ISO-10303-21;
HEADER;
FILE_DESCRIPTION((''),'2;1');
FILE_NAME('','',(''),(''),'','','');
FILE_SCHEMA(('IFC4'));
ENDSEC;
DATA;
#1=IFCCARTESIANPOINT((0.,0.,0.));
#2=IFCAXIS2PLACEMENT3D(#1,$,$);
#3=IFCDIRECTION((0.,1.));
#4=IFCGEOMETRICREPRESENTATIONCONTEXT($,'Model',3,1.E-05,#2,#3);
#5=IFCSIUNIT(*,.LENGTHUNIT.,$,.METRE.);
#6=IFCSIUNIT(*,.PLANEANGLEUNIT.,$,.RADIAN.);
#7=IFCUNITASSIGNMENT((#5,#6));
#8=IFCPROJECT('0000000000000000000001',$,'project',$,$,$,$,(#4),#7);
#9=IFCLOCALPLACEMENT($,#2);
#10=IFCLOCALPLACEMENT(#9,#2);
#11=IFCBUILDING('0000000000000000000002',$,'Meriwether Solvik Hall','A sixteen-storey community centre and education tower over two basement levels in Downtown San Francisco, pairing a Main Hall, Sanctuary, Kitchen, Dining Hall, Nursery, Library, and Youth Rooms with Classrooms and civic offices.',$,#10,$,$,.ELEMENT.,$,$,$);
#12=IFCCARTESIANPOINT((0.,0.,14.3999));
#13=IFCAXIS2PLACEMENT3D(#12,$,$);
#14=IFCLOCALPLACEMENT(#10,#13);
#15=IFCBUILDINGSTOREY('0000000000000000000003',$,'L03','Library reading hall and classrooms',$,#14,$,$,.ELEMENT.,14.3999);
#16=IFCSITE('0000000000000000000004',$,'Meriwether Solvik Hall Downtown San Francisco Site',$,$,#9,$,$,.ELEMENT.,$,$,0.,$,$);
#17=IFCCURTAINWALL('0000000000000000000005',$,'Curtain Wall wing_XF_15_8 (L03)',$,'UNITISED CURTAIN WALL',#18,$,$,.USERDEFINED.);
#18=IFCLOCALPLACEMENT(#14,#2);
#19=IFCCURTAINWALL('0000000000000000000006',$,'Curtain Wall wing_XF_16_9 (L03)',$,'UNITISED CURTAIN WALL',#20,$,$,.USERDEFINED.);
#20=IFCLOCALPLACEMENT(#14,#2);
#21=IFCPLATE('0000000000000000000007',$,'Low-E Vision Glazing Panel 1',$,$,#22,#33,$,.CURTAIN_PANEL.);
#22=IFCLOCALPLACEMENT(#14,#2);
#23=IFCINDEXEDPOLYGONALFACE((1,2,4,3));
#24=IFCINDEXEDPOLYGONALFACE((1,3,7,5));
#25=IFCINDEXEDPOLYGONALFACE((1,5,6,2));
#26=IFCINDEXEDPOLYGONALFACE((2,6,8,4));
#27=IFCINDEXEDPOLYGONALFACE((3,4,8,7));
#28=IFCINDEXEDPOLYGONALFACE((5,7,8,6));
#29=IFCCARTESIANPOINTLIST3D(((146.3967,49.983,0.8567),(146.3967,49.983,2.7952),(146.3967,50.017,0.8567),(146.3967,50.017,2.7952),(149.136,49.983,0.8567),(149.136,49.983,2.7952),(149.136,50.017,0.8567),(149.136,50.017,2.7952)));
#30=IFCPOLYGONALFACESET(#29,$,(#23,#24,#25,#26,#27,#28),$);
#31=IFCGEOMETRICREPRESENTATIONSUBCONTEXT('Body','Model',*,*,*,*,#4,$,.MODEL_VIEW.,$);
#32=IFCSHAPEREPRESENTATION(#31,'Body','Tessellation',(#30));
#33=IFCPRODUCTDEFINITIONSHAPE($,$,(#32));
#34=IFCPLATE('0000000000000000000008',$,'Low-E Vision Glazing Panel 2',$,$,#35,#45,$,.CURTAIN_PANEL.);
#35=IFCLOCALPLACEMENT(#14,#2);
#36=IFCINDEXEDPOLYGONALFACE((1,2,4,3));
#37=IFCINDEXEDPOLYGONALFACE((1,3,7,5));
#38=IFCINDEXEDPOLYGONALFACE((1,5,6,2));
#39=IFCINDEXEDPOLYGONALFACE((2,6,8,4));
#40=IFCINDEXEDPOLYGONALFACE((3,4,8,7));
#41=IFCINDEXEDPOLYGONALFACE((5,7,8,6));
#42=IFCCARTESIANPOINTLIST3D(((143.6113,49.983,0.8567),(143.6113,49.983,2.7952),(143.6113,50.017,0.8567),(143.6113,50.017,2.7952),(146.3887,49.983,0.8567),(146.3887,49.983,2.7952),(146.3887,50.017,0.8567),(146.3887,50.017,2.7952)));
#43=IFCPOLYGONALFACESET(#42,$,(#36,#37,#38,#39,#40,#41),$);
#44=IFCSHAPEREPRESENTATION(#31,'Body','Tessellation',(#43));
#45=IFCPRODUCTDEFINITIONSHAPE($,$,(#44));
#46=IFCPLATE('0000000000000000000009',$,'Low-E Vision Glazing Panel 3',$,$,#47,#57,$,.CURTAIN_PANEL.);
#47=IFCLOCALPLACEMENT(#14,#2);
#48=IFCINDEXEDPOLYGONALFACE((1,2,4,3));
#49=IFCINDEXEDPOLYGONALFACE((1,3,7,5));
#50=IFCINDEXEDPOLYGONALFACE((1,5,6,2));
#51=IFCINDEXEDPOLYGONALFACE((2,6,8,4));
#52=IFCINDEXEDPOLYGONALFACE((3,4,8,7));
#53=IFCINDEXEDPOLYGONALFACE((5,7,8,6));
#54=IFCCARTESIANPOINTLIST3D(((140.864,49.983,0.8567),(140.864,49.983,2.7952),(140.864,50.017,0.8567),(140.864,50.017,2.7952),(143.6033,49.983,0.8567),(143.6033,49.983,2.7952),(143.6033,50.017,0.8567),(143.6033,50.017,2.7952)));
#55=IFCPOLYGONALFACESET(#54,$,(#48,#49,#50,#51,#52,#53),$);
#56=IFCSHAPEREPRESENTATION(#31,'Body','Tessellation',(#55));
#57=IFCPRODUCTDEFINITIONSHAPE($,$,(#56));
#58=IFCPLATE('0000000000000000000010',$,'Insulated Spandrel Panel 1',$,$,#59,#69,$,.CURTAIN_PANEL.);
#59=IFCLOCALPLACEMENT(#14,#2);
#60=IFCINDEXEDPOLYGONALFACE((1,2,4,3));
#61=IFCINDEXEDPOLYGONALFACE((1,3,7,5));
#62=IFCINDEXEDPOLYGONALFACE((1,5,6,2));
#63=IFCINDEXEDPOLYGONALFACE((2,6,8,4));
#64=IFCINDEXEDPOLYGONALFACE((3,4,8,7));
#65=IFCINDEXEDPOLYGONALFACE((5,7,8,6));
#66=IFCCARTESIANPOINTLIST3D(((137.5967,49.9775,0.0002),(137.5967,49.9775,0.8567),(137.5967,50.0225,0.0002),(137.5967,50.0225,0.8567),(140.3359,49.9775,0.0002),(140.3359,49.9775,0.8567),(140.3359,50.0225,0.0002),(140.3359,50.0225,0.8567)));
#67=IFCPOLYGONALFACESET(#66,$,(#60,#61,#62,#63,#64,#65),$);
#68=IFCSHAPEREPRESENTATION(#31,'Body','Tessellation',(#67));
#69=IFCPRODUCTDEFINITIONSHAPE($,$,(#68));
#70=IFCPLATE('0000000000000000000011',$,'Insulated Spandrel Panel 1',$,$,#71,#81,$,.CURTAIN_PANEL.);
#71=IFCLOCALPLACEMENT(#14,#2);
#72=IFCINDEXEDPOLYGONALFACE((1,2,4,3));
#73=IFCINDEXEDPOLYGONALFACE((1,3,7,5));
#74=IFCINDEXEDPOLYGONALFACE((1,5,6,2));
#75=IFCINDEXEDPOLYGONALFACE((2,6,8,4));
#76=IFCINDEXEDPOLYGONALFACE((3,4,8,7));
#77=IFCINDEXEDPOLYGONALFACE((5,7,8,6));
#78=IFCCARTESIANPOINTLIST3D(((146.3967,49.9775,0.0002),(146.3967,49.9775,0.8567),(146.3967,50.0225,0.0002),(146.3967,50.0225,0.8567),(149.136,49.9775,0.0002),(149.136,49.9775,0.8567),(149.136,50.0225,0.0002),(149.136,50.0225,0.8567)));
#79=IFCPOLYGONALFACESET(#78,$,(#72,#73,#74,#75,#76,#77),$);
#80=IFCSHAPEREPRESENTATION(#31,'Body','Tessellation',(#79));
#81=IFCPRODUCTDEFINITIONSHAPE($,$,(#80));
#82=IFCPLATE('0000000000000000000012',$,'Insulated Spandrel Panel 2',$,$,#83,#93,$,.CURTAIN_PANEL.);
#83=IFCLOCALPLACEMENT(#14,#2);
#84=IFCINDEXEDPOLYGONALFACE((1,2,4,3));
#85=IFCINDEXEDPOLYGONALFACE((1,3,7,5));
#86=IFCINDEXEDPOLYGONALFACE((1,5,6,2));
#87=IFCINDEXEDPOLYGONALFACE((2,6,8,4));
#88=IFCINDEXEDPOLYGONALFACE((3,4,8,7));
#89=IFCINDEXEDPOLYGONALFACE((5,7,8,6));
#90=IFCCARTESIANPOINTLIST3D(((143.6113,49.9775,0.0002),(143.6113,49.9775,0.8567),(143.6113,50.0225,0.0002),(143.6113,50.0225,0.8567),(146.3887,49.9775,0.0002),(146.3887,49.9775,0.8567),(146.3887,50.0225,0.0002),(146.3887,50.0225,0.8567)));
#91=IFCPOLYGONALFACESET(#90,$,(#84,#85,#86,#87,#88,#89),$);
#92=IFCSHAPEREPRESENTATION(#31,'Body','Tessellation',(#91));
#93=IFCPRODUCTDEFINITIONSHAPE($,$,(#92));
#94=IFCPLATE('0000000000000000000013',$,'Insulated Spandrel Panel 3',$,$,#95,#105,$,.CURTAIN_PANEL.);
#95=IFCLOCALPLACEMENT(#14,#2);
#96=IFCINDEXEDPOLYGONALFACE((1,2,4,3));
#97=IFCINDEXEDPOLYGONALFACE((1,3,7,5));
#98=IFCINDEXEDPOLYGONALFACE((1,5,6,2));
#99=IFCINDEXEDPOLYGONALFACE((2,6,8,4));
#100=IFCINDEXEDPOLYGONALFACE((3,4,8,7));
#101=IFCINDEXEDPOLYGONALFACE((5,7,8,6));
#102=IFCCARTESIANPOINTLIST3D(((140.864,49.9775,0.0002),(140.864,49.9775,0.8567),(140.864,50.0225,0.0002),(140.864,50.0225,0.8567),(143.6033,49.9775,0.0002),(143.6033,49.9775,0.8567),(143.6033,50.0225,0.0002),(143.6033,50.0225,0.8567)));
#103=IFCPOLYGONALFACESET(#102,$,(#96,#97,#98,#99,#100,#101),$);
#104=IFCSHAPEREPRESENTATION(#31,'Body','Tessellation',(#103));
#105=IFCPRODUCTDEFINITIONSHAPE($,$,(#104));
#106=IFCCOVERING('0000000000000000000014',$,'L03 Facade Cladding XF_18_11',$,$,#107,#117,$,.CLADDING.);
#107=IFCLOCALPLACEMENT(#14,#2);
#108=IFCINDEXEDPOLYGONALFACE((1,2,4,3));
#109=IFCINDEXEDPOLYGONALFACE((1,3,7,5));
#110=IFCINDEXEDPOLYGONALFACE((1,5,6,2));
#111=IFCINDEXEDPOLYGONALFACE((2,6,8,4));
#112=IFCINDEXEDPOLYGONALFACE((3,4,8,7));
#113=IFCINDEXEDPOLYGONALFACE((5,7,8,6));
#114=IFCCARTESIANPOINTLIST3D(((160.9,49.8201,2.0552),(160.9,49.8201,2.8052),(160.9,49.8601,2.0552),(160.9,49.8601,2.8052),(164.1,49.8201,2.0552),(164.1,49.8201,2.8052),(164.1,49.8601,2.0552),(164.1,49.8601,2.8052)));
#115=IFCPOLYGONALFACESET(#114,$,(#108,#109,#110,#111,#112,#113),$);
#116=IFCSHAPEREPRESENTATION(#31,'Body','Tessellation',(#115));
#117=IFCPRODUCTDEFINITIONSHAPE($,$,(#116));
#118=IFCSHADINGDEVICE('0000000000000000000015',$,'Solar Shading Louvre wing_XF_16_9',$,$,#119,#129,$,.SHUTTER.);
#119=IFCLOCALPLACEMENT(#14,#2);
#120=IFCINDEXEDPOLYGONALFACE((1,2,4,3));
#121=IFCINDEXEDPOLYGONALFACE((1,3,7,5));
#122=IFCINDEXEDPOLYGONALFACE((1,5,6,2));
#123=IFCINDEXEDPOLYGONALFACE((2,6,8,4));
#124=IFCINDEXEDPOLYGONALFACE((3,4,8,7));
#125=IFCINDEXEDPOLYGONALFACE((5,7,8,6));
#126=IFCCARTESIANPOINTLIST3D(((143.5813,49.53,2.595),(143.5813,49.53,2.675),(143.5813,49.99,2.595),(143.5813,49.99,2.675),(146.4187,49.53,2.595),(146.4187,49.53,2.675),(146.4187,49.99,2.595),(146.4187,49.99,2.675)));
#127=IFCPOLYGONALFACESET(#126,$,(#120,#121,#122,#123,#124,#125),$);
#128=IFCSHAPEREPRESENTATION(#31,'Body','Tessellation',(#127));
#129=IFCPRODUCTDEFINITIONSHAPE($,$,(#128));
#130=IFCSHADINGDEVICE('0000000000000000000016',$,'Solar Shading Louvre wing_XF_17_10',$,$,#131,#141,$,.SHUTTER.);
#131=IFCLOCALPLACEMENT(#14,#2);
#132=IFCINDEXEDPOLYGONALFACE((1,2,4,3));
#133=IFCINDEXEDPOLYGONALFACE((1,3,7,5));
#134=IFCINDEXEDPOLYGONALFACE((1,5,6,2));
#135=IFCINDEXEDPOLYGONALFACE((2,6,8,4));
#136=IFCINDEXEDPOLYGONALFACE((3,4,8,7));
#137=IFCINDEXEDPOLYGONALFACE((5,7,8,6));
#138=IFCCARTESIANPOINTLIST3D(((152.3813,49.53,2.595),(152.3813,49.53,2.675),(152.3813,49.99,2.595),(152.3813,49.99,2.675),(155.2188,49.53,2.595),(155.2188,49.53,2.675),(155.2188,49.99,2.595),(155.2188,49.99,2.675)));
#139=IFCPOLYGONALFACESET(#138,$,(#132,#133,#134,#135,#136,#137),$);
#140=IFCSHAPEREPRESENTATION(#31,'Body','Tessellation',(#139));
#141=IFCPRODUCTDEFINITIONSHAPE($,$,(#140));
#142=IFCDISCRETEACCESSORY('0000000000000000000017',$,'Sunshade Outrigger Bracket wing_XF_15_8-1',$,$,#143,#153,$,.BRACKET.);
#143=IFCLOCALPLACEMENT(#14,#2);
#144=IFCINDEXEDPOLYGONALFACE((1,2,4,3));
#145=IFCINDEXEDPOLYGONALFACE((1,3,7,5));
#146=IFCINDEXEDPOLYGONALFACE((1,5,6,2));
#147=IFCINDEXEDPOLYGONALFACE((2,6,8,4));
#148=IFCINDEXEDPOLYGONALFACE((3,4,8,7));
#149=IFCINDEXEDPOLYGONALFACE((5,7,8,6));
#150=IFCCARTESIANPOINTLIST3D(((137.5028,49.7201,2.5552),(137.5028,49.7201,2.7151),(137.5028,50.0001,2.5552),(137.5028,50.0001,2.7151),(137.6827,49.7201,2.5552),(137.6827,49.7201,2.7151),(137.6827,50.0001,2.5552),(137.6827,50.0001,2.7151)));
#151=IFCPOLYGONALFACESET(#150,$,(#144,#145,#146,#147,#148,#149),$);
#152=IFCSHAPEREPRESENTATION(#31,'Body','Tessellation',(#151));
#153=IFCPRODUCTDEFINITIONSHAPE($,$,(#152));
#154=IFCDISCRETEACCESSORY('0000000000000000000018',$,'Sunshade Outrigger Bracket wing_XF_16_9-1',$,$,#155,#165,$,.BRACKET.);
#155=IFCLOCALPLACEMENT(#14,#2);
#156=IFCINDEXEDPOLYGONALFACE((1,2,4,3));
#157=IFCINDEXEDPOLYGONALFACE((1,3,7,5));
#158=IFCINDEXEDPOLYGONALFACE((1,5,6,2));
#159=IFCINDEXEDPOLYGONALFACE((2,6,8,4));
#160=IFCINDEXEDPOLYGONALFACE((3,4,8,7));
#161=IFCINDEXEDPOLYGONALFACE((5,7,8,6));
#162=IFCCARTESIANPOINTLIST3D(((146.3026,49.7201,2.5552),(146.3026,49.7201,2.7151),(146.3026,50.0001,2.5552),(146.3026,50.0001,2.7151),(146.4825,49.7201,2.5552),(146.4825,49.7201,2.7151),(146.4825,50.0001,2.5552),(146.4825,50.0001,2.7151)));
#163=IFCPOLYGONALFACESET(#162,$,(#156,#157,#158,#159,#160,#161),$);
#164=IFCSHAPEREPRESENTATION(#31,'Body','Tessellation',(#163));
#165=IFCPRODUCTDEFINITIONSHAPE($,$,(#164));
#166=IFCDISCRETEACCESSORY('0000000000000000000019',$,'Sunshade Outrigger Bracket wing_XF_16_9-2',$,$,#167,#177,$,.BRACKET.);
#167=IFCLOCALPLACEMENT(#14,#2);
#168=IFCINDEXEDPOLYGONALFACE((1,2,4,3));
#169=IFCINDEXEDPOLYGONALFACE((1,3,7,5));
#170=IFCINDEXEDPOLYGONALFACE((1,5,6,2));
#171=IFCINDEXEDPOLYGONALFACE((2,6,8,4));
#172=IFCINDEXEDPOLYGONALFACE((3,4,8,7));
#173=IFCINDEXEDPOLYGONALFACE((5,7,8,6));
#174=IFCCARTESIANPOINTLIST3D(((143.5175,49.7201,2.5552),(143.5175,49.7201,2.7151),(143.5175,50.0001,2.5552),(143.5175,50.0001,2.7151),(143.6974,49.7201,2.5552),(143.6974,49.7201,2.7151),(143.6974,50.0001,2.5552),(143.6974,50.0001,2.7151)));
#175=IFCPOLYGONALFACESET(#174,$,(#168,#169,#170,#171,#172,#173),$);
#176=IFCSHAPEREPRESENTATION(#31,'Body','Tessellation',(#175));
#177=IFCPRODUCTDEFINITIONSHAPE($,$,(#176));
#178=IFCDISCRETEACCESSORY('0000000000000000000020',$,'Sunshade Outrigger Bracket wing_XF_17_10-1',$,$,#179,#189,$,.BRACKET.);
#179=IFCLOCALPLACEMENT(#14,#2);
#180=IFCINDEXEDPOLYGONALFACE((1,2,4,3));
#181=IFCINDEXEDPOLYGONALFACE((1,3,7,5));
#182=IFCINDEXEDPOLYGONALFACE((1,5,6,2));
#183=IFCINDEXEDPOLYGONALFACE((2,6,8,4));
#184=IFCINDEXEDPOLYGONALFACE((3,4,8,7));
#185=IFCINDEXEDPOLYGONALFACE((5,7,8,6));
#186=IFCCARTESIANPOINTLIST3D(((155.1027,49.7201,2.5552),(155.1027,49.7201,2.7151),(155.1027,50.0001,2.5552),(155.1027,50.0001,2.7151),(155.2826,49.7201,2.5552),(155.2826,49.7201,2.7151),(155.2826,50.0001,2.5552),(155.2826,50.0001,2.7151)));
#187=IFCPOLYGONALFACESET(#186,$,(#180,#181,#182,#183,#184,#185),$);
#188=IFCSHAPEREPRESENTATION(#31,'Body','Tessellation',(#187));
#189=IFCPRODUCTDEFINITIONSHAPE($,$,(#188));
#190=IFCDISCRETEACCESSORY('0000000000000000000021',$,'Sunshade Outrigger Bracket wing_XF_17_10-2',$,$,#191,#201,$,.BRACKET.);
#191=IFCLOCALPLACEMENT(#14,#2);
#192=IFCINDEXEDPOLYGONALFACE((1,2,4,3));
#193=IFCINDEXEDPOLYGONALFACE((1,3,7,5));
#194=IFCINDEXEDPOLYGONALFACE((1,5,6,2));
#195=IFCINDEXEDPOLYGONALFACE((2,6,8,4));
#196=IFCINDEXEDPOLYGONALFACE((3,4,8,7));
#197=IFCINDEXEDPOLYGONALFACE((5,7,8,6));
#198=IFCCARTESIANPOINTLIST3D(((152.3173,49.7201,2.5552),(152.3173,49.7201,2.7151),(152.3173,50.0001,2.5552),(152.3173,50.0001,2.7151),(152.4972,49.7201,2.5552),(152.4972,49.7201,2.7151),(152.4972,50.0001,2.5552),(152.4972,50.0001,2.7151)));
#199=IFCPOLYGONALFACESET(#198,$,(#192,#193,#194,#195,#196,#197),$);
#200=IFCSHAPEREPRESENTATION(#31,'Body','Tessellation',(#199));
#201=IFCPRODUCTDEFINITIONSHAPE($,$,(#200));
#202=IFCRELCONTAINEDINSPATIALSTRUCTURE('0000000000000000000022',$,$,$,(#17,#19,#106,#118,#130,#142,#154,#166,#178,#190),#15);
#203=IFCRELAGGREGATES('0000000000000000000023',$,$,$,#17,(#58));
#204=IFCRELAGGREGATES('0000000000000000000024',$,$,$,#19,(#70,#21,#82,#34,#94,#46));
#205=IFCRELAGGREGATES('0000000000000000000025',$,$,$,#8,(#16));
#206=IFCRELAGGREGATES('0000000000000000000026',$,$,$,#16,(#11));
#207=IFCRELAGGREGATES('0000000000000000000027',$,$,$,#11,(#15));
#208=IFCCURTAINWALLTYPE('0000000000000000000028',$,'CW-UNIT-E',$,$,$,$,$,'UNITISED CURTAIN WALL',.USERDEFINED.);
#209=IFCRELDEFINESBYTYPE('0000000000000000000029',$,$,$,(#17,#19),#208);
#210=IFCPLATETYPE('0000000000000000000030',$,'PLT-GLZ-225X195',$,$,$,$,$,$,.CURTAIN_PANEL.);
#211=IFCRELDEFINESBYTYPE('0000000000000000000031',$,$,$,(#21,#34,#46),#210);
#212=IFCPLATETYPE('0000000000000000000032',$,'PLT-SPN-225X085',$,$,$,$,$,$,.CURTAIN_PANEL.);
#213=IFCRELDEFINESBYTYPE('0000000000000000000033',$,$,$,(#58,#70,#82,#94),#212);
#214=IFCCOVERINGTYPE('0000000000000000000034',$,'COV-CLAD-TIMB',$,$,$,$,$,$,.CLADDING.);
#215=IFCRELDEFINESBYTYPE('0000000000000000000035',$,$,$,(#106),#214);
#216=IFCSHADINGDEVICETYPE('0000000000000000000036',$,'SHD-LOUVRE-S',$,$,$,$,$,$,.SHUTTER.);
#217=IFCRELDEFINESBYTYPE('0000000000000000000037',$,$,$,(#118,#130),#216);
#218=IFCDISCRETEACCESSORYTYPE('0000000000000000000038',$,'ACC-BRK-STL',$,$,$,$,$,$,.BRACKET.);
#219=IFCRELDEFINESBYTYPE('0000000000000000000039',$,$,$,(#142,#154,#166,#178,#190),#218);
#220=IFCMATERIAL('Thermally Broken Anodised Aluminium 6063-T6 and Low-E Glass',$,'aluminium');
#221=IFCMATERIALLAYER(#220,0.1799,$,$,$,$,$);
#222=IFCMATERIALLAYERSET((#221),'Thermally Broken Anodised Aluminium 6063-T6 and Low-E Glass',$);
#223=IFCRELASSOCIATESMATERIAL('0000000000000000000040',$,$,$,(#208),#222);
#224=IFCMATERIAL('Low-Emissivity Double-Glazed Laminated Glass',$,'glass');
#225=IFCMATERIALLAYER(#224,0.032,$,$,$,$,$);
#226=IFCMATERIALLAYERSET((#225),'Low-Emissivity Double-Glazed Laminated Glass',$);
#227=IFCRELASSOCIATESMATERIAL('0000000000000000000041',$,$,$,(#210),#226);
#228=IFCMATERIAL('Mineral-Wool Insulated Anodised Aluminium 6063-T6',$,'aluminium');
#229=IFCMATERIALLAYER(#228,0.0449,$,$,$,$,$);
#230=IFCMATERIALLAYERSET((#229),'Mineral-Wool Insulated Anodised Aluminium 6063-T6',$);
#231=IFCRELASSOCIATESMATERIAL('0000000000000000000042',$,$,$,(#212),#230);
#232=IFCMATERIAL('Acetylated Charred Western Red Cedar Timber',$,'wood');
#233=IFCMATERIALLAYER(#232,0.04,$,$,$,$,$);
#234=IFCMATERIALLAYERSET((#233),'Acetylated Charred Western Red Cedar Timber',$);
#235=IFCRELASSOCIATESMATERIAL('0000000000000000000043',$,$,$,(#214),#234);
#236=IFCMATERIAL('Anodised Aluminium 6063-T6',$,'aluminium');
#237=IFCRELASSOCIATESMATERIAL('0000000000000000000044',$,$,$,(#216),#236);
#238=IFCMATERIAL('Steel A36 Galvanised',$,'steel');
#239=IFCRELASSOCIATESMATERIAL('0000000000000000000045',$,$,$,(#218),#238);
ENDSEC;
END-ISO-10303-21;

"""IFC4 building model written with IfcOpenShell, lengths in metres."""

from ifc_helpers import new_model, si_unit, direction, frame, origin, origin_2d, place, context, subcontext, project, spatial, rectangle, extrude, material, layer, layer_set, type_object, element, aggregate, save


model = new_model("IFC4")

# Units and contexts
model_context = context("Model", 3, precision=1e-05, world=origin(), true_north=direction((0.0, 1.0)))
body_context = subcontext(model_context, "Body", "Model", "MODEL_VIEW")
ifc_project = project(units=[si_unit("LENGTHUNIT", "METRE"), si_unit("PLANEANGLEUNIT", "RADIAN")], contexts=[model_context])

# Site, building, storey
site_placement = place(None, origin())
site = spatial("IfcSite", under=ifc_project, at=site_placement, Name="Meriwether Solvik Hall Downtown San Francisco Site", CompositionType="ELEMENT", RefElevation=0.0)
building_placement = place(site_placement, origin())
building = spatial("IfcBuilding", under=site, at=building_placement, Name="Meriwether Solvik Hall", Description="A sixteen-storey community centre and education tower over two basement levels in Downtown San Francisco, pairing a Main Hall, Sanctuary, Kitchen, Dining Hall, Nursery, Library, and Youth Rooms with Classrooms and civic offices.", CompositionType="ELEMENT")
storey_placement = place(building_placement, frame((0.0, 0.0, 14.3999)))
storey = spatial("IfcBuildingStorey", under=building, at=storey_placement, Name="L03", Description="Library reading hall and classrooms", CompositionType="ELEMENT", Elevation=14.3999)

# Curtain walls
ifc_material_1 = material(Name="Thermally Broken Anodised Aluminium 6063-T6 and Low-E Glass", Category="aluminium")
ifc_layer_1 = layer(ifc_material_1, 0.1799)
ifc_layer_set_1 = layer_set([ifc_layer_1], Name="Thermally Broken Anodised Aluminium 6063-T6 and Low-E Glass")
curtain_wall_type = type_object("IfcCurtainWallType", Name="CW-UNIT-E", ElementType="UNITISED CURTAIN WALL", PredefinedType="USERDEFINED", material=ifc_layer_set_1)
curtain_wall_1_placement = place(storey_placement, origin())
curtain_wall_1 = element("IfcCurtainWall", 1, at=curtain_wall_1_placement, inside=storey, type_object=curtain_wall_type, Name="Curtain Wall wing_XF_15_8 (L03)", ObjectType="UNITISED CURTAIN WALL", PredefinedType="USERDEFINED")
curtain_wall_2_placement = place(storey_placement, origin())
curtain_wall_2 = element("IfcCurtainWall", 2, at=curtain_wall_2_placement, inside=storey, type_object=curtain_wall_type, Name="Curtain Wall wing_XF_16_9 (L03)", ObjectType="UNITISED CURTAIN WALL", PredefinedType="USERDEFINED")

# Plates
ifc_material_2 = material(Name="Low-Emissivity Double-Glazed Laminated Glass", Category="glass")
ifc_layer_2 = layer(ifc_material_2, 0.032)
ifc_layer_set_2 = layer_set([ifc_layer_2], Name="Low-Emissivity Double-Glazed Laminated Glass")
plate_type_1 = type_object("IfcPlateType", Name="PLT-GLZ-225X195", PredefinedType="CURTAIN_PANEL", material=ifc_layer_set_2)
plate_1_placement = place(storey_placement, frame((147.7664, 50.0, 0.8567), z_axis=(0.0, 0.0, 1.0), x_axis=(-1.0, 0.0, 0.0)))
plate_1 = element("IfcPlate", 3, at=plate_1_placement, type_object=plate_type_1, Name="Low-E Vision Glazing Panel 1", PredefinedType="CURTAIN_PANEL", context=body_context, shape_type="SweptSolid", body=[
    extrude(rectangle(XDim=2.7393, YDim=0.0339, at=origin_2d()), origin(), (0.0, 0.0, 1.0), 1.9385),
])
plate_2_placement = place(storey_placement, frame((145.0, 50.0, 0.8567), z_axis=(0.0, 0.0, 1.0), x_axis=(-1.0, 0.0, 0.0)))
plate_2 = element("IfcPlate", 4, at=plate_2_placement, type_object=plate_type_1, Name="Low-E Vision Glazing Panel 2", PredefinedType="CURTAIN_PANEL", context=body_context, shape_type="SweptSolid", body=[
    extrude(rectangle(XDim=2.7773, YDim=0.0339, at=origin_2d()), origin(), (0.0, 0.0, 1.0), 1.9385),
])
plate_3_placement = place(storey_placement, frame((142.2336, 50.0, 0.8567), z_axis=(0.0, 0.0, 1.0), x_axis=(-1.0, 0.0, 0.0)))
plate_3 = element("IfcPlate", 5, at=plate_3_placement, type_object=plate_type_1, Name="Low-E Vision Glazing Panel 3", PredefinedType="CURTAIN_PANEL", context=body_context, shape_type="SweptSolid", body=[
    extrude(rectangle(XDim=2.7393, YDim=0.0339, at=origin_2d()), origin(), (0.0, 0.0, 1.0), 1.9385),
])
ifc_material_3 = material(Name="Mineral-Wool Insulated Anodised Aluminium 6063-T6", Category="aluminium")
ifc_layer_3 = layer(ifc_material_3, 0.0449)
ifc_layer_set_3 = layer_set([ifc_layer_3], Name="Mineral-Wool Insulated Anodised Aluminium 6063-T6")
plate_type_2 = type_object("IfcPlateType", Name="PLT-SPN-225X085", PredefinedType="CURTAIN_PANEL", material=ifc_layer_set_3)
plate_4_placement = place(storey_placement, frame((138.9663, 50.0, 0.0002), z_axis=(0.0, 0.0, 1.0), x_axis=(-1.0, 0.0, 0.0)))
plate_4 = element("IfcPlate", 6, at=plate_4_placement, type_object=plate_type_2, Name="Insulated Spandrel Panel 1", PredefinedType="CURTAIN_PANEL", context=body_context, shape_type="SweptSolid", body=[
    extrude(rectangle(XDim=2.7393, YDim=0.0449, at=origin_2d()), origin(), (0.0, 0.0, 1.0), 0.8564),
])
aggregate(curtain_wall_1, [plate_4])
plate_5_placement = place(storey_placement, frame((147.7664, 50.0, 0.0002), z_axis=(0.0, 0.0, 1.0), x_axis=(-1.0, 0.0, 0.0)))
plate_5 = element("IfcPlate", 7, at=plate_5_placement, type_object=plate_type_2, Name="Insulated Spandrel Panel 1", PredefinedType="CURTAIN_PANEL", context=body_context, shape_type="SweptSolid", body=[
    extrude(rectangle(XDim=2.7393, YDim=0.0449, at=origin_2d()), origin(), (0.0, 0.0, 1.0), 0.8564),
])
plate_6_placement = place(storey_placement, frame((145.0, 50.0, 0.0002), z_axis=(0.0, 0.0, 1.0), x_axis=(-1.0, 0.0, 0.0)))
plate_6 = element("IfcPlate", 8, at=plate_6_placement, type_object=plate_type_2, Name="Insulated Spandrel Panel 2", PredefinedType="CURTAIN_PANEL", context=body_context, shape_type="SweptSolid", body=[
    extrude(rectangle(XDim=2.7773, YDim=0.0449, at=origin_2d()), origin(), (0.0, 0.0, 1.0), 0.8564),
])
plate_7_placement = place(storey_placement, frame((142.2336, 50.0, 0.0002), z_axis=(0.0, 0.0, 1.0), x_axis=(-1.0, 0.0, 0.0)))
plate_7 = element("IfcPlate", 9, at=plate_7_placement, type_object=plate_type_2, Name="Insulated Spandrel Panel 3", PredefinedType="CURTAIN_PANEL", context=body_context, shape_type="SweptSolid", body=[
    extrude(rectangle(XDim=2.7393, YDim=0.0449, at=origin_2d()), origin(), (0.0, 0.0, 1.0), 0.8564),
])
aggregate(curtain_wall_2, [plate_5, plate_1, plate_6, plate_2, plate_7, plate_3])

# Covering
ifc_material_4 = material(Name="Acetylated Charred Western Red Cedar Timber", Category="wood")
ifc_layer_4 = layer(ifc_material_4, 0.04)
ifc_layer_set_4 = layer_set([ifc_layer_4], Name="Acetylated Charred Western Red Cedar Timber")
covering_type = type_object("IfcCoveringType", Name="COV-CLAD-TIMB", PredefinedType="CLADDING", material=ifc_layer_set_4)
covering_placement = place(storey_placement, frame((162.5, 49.8401, 2.0552), z_axis=(0.0, 0.0, 1.0), x_axis=(-1.0, 0.0, 0.0)))
element("IfcCovering", 10, at=covering_placement, inside=storey, type_object=covering_type, Name="L03 Facade Cladding XF_18_11", PredefinedType="CLADDING", context=body_context, shape_type="SweptSolid", body=[
    extrude(rectangle(XDim=3.2, YDim=0.04, at=origin_2d()), origin(), (0.0, 0.0, 1.0), 0.75),
])

# Shading devices
ifc_material_5 = material(Name="Anodised Aluminium 6063-T6", Category="aluminium")
shading_device_type = type_object("IfcShadingDeviceType", Name="SHD-LOUVRE-S", PredefinedType="SHUTTER", material=ifc_material_5)
for number, where, z_axis, x_axis, name in (
    (11, (145.0, 49.76, 2.595), (0.0, 0.0, 1.0), (-1.0, 0.0, 0.0), "Solar Shading Louvre wing_XF_16_9"),
    (12, (153.8, 49.76, 2.595), (0.0, 0.0, 1.0), (-1.0, 0.0, 0.0), "Solar Shading Louvre wing_XF_17_10"),
):
    element("IfcShadingDevice", number, at=place(storey_placement, frame(where, z_axis=z_axis, x_axis=x_axis)), inside=storey, type_object=shading_device_type, Name=name, PredefinedType="SHUTTER", context=body_context, shape_type="SweptSolid", body=[
        extrude(rectangle(XDim=2.8374, YDim=0.46, at=origin_2d()), origin(), (0.0, 0.0, 1.0), 0.0801),
    ])

# Discrete accessories
ifc_material_6 = material(Name="Steel A36 Galvanised", Category="steel")
discrete_accessory_type = type_object("IfcDiscreteAccessoryType", Name="ACC-BRK-STL", PredefinedType="BRACKET", material=ifc_material_6)
for number, where, z_axis, x_axis, name in (
    (13, (137.5928, 49.8601, 2.5552), (0.0, 0.0, 1.0), (-1.0, 0.0, 0.0), "Sunshade Outrigger Bracket wing_XF_15_8-1"),
    (14, (146.3926, 49.8601, 2.5552), (0.0, 0.0, 1.0), (-1.0, 0.0, 0.0), "Sunshade Outrigger Bracket wing_XF_16_9-1"),
    (15, (143.6074, 49.8601, 2.5552), (0.0, 0.0, 1.0), (-1.0, 0.0, 0.0), "Sunshade Outrigger Bracket wing_XF_16_9-2"),
    (16, (155.1926, 49.8601, 2.5552), (0.0, 0.0, 1.0), (-1.0, 0.0, 0.0), "Sunshade Outrigger Bracket wing_XF_17_10-1"),
    (17, (152.4072, 49.8601, 2.5552), (0.0, 0.0, 1.0), (-1.0, 0.0, 0.0), "Sunshade Outrigger Bracket wing_XF_17_10-2"),
):
    element("IfcDiscreteAccessory", number, at=place(storey_placement, frame(where, z_axis=z_axis, x_axis=x_axis)), inside=storey, type_object=discrete_accessory_type, Name=name, PredefinedType="BRACKET", context=body_context, shape_type="SweptSolid", body=[
        extrude(rectangle(XDim=0.1799, YDim=0.28, at=origin_2d()), origin(), (0.0, 0.0, 1.0), 0.1599),
    ])

save(model, "model.ifc")
